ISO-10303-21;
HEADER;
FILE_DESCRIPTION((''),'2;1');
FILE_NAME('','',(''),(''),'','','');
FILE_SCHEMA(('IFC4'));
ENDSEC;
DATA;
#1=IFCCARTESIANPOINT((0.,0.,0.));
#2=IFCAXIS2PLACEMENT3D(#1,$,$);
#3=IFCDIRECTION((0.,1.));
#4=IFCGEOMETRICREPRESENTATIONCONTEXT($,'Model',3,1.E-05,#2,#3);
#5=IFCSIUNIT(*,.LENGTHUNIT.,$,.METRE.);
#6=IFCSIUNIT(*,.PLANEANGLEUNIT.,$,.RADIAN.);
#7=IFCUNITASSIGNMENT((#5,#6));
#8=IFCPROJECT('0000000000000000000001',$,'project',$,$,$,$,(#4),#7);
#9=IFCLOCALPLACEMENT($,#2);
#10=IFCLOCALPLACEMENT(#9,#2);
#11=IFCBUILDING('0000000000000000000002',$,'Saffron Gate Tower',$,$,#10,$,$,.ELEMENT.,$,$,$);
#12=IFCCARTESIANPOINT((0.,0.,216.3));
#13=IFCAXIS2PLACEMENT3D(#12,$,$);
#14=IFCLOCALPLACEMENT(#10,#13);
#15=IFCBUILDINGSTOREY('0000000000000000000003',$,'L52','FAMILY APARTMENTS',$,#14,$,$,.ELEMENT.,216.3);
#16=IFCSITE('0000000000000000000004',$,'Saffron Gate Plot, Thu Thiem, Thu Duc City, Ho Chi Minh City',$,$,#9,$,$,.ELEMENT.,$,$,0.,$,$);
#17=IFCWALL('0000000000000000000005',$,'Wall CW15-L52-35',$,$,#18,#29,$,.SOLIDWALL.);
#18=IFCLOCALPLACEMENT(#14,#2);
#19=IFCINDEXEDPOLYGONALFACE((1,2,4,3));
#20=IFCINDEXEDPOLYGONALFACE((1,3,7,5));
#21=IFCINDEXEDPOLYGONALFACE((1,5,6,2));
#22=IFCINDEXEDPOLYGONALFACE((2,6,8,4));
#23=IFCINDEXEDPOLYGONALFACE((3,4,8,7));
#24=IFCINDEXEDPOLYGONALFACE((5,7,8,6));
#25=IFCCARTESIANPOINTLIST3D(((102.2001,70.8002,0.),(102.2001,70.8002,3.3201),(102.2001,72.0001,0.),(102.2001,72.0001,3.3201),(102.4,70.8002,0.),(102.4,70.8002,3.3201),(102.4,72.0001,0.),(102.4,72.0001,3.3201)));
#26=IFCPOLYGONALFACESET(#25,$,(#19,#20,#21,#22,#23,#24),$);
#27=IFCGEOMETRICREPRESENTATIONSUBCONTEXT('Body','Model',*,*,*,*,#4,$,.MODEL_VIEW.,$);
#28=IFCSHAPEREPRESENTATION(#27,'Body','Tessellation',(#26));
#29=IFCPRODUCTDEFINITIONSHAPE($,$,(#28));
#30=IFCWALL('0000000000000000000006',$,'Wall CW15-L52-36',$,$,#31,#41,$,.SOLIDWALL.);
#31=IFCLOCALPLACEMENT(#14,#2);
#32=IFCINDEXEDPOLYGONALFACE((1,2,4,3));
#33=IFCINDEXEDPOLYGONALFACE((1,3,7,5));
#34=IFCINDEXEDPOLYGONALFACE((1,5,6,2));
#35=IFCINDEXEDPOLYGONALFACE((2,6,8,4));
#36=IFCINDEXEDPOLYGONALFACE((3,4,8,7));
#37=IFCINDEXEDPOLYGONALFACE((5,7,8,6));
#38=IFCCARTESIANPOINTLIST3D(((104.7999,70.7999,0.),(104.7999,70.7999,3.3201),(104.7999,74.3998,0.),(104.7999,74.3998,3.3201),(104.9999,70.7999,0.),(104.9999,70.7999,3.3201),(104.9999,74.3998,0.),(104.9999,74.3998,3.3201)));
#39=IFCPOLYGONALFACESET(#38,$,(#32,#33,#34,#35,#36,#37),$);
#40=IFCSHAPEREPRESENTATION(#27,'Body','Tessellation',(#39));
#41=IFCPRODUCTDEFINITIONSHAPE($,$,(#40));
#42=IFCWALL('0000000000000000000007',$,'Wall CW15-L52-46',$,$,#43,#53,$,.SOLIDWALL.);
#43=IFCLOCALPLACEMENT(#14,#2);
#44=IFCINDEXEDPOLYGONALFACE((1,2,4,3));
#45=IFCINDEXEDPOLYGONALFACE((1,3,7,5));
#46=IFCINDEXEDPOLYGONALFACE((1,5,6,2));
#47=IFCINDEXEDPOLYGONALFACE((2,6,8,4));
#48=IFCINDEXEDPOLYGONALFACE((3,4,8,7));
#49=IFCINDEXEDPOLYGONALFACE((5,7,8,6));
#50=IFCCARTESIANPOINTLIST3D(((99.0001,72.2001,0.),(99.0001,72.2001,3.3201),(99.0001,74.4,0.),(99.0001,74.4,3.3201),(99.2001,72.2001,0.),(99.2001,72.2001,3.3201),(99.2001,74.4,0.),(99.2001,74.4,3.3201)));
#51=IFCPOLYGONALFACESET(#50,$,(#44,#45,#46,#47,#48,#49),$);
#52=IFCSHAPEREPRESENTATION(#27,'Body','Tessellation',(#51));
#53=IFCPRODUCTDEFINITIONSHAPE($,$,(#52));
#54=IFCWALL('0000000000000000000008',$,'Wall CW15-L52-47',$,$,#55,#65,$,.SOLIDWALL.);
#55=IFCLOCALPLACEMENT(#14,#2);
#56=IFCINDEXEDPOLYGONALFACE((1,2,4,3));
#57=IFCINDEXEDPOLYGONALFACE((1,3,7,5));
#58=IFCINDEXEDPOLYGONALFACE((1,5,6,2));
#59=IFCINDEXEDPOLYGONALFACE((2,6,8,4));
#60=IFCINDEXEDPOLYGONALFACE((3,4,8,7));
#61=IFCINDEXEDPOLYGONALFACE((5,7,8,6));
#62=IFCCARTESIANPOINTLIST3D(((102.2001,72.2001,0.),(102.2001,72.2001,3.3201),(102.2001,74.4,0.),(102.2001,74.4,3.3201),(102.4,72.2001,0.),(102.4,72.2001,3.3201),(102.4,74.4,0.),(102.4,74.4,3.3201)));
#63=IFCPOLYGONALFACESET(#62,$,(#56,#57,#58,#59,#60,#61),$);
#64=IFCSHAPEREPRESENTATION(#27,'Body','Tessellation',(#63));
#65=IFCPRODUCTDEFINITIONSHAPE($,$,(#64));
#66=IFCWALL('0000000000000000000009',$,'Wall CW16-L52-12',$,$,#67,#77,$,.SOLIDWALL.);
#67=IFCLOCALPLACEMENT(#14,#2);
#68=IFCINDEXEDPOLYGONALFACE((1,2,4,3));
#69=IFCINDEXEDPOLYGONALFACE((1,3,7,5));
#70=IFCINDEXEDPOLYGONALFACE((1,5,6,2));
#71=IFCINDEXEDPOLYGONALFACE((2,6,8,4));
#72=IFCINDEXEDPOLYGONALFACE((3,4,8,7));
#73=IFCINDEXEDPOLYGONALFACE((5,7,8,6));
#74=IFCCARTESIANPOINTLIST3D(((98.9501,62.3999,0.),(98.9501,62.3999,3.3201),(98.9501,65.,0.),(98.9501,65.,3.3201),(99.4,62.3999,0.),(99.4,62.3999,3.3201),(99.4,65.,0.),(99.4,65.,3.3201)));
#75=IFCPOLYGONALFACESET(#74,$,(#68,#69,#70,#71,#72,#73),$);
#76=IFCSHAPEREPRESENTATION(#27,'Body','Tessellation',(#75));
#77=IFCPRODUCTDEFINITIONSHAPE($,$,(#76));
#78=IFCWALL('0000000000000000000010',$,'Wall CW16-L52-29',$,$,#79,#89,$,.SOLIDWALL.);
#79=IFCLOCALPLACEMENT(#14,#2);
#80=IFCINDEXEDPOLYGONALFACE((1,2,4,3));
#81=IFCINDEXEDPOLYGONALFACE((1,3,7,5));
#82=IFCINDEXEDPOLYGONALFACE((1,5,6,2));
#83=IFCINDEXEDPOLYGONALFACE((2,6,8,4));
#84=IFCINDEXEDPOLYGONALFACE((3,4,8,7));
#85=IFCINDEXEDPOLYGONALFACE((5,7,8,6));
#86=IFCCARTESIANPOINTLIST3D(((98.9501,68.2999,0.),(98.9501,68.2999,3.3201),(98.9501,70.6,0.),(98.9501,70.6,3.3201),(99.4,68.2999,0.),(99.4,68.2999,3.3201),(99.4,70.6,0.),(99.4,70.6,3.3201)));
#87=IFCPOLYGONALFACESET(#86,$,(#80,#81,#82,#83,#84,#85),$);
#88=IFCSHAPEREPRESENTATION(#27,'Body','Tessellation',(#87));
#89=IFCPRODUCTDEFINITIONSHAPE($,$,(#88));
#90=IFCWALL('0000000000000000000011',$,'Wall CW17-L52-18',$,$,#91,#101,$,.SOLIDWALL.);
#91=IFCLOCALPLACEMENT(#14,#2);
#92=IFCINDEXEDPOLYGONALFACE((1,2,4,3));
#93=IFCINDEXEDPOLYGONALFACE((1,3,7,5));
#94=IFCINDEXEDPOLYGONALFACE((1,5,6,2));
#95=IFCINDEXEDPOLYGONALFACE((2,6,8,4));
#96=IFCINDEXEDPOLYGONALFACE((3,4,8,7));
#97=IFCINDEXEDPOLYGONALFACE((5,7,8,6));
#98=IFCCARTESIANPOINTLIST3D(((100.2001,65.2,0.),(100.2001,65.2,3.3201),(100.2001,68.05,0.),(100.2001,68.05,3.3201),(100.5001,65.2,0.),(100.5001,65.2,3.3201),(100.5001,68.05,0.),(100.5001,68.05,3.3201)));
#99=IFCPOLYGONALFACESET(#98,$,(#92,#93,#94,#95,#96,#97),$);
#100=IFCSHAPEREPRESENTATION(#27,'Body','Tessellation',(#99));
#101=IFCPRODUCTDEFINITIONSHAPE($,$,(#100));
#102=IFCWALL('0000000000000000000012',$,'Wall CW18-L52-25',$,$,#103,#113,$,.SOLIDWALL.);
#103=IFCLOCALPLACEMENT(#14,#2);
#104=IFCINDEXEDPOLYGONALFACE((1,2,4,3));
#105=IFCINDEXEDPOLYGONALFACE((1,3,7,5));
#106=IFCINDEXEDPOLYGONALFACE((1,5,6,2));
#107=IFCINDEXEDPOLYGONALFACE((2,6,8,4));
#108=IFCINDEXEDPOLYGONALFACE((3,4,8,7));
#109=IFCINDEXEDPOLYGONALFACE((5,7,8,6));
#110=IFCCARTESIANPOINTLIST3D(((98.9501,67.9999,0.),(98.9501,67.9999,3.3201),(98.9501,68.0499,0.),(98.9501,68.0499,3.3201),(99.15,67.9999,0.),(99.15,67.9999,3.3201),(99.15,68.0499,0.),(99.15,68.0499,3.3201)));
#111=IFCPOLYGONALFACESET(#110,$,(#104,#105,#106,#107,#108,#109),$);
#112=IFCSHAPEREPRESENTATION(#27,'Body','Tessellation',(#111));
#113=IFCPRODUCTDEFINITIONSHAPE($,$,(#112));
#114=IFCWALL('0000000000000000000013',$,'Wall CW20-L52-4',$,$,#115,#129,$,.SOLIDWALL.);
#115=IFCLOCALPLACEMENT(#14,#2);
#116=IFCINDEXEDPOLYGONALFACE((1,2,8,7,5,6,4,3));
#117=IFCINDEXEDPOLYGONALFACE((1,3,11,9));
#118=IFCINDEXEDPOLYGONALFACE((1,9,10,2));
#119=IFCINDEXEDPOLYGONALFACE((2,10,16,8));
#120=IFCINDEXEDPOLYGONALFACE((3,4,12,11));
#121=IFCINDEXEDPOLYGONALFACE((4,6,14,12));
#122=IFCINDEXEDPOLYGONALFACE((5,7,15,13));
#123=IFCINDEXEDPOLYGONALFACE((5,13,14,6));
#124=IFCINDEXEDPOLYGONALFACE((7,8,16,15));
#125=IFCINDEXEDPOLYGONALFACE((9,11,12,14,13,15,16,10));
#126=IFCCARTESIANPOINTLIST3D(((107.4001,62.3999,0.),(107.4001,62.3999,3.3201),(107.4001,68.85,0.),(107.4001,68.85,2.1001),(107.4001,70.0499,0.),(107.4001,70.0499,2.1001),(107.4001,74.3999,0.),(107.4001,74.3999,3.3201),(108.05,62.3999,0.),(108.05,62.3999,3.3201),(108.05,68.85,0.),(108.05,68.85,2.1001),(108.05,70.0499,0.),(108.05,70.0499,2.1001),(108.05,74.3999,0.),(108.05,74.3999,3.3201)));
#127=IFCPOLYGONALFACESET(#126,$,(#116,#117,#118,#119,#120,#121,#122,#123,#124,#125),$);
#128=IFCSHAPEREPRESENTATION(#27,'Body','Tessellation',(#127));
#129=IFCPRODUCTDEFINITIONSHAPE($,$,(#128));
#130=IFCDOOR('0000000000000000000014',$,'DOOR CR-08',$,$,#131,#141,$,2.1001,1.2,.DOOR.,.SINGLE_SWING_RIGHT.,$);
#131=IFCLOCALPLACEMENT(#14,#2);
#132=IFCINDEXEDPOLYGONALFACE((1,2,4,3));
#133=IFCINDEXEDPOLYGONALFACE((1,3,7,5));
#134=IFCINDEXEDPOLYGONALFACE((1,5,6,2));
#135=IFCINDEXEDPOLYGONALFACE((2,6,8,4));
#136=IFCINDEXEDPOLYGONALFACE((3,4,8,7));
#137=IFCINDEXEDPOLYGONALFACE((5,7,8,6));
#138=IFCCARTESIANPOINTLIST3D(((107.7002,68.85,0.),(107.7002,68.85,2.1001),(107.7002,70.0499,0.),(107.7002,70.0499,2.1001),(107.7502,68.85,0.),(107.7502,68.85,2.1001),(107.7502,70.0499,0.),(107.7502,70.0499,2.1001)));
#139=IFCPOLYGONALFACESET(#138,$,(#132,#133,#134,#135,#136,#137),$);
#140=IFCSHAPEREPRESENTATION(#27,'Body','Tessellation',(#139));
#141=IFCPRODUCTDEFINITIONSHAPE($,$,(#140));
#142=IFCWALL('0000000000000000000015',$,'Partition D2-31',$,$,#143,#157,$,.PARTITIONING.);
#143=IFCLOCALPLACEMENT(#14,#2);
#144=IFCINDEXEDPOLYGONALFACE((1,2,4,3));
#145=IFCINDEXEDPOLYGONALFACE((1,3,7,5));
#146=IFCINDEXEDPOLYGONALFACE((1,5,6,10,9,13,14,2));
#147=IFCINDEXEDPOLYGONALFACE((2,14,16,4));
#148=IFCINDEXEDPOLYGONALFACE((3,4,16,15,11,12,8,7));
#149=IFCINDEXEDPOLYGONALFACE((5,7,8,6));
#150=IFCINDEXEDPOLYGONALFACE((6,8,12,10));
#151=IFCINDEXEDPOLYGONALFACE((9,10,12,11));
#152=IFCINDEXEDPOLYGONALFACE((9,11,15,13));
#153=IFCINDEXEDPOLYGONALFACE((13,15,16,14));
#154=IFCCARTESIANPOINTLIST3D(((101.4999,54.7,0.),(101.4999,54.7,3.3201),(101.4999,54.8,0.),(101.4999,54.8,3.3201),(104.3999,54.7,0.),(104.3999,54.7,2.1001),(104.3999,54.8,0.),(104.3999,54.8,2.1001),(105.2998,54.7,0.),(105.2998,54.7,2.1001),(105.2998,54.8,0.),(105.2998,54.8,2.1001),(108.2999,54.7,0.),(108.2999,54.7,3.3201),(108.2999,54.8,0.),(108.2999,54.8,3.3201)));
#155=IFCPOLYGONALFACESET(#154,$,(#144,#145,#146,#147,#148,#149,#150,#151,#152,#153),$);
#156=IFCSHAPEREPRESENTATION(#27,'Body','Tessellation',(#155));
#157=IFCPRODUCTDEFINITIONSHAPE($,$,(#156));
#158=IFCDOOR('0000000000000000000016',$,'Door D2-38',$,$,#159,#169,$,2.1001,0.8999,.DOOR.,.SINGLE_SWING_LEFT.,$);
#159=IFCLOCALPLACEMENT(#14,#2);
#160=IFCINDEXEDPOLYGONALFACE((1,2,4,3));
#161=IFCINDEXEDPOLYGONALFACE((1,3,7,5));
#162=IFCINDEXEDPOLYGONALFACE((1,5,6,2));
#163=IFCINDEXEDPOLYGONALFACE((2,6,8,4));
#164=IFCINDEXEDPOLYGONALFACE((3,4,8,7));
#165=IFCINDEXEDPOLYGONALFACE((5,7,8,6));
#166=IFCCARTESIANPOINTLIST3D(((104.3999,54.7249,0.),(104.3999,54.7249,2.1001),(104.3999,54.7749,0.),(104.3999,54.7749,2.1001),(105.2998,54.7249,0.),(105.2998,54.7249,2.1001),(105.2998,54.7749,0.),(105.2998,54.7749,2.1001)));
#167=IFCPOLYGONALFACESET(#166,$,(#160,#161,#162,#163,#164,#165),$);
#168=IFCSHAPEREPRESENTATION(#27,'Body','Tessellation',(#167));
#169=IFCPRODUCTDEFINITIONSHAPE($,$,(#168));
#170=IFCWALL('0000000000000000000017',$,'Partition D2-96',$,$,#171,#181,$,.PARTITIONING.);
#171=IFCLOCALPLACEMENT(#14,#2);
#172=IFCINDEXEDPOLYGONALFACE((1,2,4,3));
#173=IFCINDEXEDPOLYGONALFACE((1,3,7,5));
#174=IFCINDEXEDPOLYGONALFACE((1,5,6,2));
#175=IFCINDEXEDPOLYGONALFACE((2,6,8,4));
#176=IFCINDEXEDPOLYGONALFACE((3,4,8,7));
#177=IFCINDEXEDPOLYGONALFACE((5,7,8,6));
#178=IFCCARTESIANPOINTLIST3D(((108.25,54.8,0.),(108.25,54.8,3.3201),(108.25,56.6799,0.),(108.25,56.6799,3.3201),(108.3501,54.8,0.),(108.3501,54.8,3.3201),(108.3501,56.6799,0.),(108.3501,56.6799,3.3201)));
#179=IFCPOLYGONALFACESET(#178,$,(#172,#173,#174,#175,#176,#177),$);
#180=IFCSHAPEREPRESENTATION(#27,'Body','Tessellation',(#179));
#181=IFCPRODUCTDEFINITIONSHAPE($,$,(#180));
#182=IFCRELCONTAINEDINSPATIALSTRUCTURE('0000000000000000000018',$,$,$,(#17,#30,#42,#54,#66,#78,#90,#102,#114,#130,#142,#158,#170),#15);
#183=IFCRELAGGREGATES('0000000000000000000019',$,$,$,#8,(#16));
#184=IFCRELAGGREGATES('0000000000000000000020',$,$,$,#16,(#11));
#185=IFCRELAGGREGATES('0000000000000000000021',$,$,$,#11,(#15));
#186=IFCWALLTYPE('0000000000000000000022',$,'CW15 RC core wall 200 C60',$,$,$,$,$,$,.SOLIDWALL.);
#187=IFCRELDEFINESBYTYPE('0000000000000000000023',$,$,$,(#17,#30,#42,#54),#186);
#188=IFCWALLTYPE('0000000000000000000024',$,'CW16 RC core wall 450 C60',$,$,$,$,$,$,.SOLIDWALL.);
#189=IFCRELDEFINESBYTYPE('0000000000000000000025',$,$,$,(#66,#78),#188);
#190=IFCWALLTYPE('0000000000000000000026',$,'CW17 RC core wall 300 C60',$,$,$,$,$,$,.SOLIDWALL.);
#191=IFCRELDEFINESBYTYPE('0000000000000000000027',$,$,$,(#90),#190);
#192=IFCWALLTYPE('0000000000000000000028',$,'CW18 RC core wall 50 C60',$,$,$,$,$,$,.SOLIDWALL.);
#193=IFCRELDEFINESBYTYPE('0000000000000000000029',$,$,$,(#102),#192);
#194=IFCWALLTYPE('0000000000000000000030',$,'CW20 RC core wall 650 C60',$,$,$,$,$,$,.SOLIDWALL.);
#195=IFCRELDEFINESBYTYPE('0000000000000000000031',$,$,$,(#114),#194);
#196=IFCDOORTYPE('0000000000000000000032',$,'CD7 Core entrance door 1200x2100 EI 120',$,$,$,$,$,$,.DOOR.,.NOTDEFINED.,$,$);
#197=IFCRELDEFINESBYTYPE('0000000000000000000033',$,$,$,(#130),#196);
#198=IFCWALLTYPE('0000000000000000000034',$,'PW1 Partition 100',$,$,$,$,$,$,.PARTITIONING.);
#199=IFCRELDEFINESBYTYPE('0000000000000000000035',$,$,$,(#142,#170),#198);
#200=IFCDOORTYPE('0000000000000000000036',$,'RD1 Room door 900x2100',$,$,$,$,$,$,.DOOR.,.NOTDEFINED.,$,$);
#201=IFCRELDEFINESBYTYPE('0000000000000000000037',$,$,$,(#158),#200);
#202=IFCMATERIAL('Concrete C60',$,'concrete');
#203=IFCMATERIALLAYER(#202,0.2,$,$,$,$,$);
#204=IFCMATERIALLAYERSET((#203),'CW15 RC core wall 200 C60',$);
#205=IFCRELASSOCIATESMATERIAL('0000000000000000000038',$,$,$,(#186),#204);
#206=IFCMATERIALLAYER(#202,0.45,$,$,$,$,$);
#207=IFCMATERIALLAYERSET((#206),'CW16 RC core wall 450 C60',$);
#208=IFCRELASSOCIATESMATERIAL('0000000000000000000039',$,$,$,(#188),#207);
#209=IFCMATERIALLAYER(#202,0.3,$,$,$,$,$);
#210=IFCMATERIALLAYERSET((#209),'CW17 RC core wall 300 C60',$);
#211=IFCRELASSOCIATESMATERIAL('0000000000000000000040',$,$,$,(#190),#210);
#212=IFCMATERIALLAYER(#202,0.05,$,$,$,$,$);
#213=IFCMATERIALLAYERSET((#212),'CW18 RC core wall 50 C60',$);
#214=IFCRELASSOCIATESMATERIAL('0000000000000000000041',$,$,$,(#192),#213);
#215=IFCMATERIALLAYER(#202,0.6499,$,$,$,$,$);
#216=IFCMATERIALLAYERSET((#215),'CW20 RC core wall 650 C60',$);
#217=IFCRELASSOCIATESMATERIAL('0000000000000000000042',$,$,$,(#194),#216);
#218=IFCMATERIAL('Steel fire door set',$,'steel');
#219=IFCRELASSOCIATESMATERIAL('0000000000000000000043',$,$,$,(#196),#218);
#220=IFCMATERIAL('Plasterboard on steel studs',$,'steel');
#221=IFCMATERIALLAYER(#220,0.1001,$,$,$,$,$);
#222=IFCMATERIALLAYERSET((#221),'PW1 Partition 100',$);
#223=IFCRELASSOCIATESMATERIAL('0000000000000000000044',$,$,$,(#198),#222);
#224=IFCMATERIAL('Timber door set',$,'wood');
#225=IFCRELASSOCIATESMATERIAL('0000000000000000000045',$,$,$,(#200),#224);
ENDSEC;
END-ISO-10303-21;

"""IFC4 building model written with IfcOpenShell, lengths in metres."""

from ifc_helpers import new_model, si_unit, direction, frame, frame_2d, origin, place, context, subcontext, project, spatial, rectangle, extrude, material, layer, layer_set, type_object, element, fill, save


model = new_model("IFC4")

# Units and contexts
model_context = context("Model", 3, precision=1e-05, world=origin(), true_north=direction((0.0, 1.0)))
body_context = subcontext(model_context, "Body", "Model", "MODEL_VIEW")
ifc_project = project(units=[si_unit("LENGTHUNIT", "METRE"), si_unit("PLANEANGLEUNIT", "RADIAN")], contexts=[model_context])

# Site, building, storey
site_placement = place(None, origin())
site = spatial("IfcSite", under=ifc_project, at=site_placement, Name="Saffron Gate Plot, Thu Thiem, Thu Duc City, Ho Chi Minh City", CompositionType="ELEMENT", RefElevation=0.0)
building_placement = place(site_placement, origin())
building = spatial("IfcBuilding", under=site, at=building_placement, Name="Saffron Gate Tower", CompositionType="ELEMENT")
storey_placement = place(building_placement, frame((0.0, 0.0, 216.3)))
storey = spatial("IfcBuildingStorey", under=building, at=storey_placement, Name="L52", Description="FAMILY APARTMENTS", CompositionType="ELEMENT", Elevation=216.3)

# Shared definitions
ifc_material_1 = material(Name="Concrete C60", Category="concrete")
ifc_material_2 = material(Name="Steel fire door set", Category="steel")

# Walls
ifc_layer_1 = layer(ifc_material_1, 0.2)
ifc_layer_set_1 = layer_set([ifc_layer_1], Name="CW15 RC core wall 200 C60")
wall_type_1 = type_object("IfcWallType", Name="CW15 RC core wall 200 C60", PredefinedType="SOLIDWALL", material=ifc_layer_set_1)
wall_1_placement = place(storey_placement, frame((102.3, 70.8, 0.0), z_axis=(0.0, 0.0, 1.0), x_axis=(0.0, 1.0, 0.0)))
element("IfcWall", 1, at=wall_1_placement, inside=storey, type_object=wall_type_1, Name="Wall CW15-L52-35", PredefinedType="SOLIDWALL", context=body_context, shape_type="SweptSolid", body=[
    extrude(rectangle(XDim=1.2, YDim=0.2, at=frame_2d((0.6001, 0.0))), origin(), (0.0, 0.0, 1.0), 3.3201),
])
wall_2_placement = place(storey_placement, frame((104.8999, 70.8, 0.0), z_axis=(0.0, 0.0, 1.0), x_axis=(0.0, 1.0, 0.0)))
element("IfcWall", 2, at=wall_2_placement, inside=storey, type_object=wall_type_1, Name="Wall CW15-L52-36", PredefinedType="SOLIDWALL", context=body_context, shape_type="SweptSolid", body=[
    extrude(rectangle(XDim=3.5999, YDim=0.2, at=frame_2d((1.7998, 0.0))), origin(), (0.0, 0.0, 1.0), 3.3201),
])
for number, where, z_axis, x_axis, name in (
    (3, (99.1001, 72.2, 0.0), (0.0, 0.0, 1.0), (0.0, 1.0, 0.0), "Wall CW15-L52-46"),
    (4, (102.3, 72.2, 0.0), (0.0, 0.0, 1.0), (0.0, 1.0, 0.0), "Wall CW15-L52-47"),
):
    element("IfcWall", number, at=place(storey_placement, frame(where, z_axis=z_axis, x_axis=x_axis)), inside=storey, type_object=wall_type_1, Name=name, PredefinedType="SOLIDWALL", context=body_context, shape_type="SweptSolid", body=[
        extrude(rectangle(XDim=2.2, YDim=0.2, at=frame_2d((1.1001, 0.0))), origin(), (0.0, 0.0, 1.0), 3.3201),
    ])
ifc_layer_2 = layer(ifc_material_1, 0.45)
ifc_layer_set_2 = layer_set([ifc_layer_2], Name="CW16 RC core wall 450 C60")
wall_type_2 = type_object("IfcWallType", Name="CW16 RC core wall 450 C60", PredefinedType="SOLIDWALL", material=ifc_layer_set_2)
wall_3_placement = place(storey_placement, frame((99.175, 62.3999, 0.0), z_axis=(0.0, 0.0, 1.0), x_axis=(0.0, 1.0, 0.0)))
element("IfcWall", 5, at=wall_3_placement, inside=storey, type_object=wall_type_2, Name="Wall CW16-L52-12", PredefinedType="SOLIDWALL", context=body_context, shape_type="SweptSolid", body=[
    extrude(rectangle(XDim=2.6001, YDim=0.45, at=frame_2d((1.3, 0.0))), origin(), (0.0, 0.0, 1.0), 3.3201),
])
wall_4_placement = place(storey_placement, frame((99.175, 68.3, 0.0), z_axis=(0.0, 0.0, 1.0), x_axis=(0.0, 1.0, 0.0)))
element("IfcWall", 6, at=wall_4_placement, inside=storey, type_object=wall_type_2, Name="Wall CW16-L52-29", PredefinedType="SOLIDWALL", context=body_context, shape_type="SweptSolid", body=[
    extrude(rectangle(XDim=2.3, YDim=0.45, at=frame_2d((1.1499, 0.0))), origin(), (0.0, 0.0, 1.0), 3.3201),
])
ifc_layer_3 = layer(ifc_material_1, 0.3)
ifc_layer_set_3 = layer_set([ifc_layer_3], Name="CW17 RC core wall 300 C60")
wall_type_3 = type_object("IfcWallType", Name="CW17 RC core wall 300 C60", PredefinedType="SOLIDWALL", material=ifc_layer_set_3)
wall_5_placement = place(storey_placement, frame((100.3501, 65.2, 0.0), z_axis=(0.0, 0.0, 1.0), x_axis=(0.0, 1.0, 0.0)))
element("IfcWall", 7, at=wall_5_placement, inside=storey, type_object=wall_type_3, Name="Wall CW17-L52-18", PredefinedType="SOLIDWALL", context=body_context, shape_type="SweptSolid", body=[
    extrude(rectangle(XDim=2.8501, YDim=0.3, at=frame_2d((1.425, 0.0))), origin(), (0.0, 0.0, 1.0), 3.3201),
])
ifc_layer_4 = layer(ifc_material_1, 0.05)
ifc_layer_set_4 = layer_set([ifc_layer_4], Name="CW18 RC core wall 50 C60")
wall_type_4 = type_object("IfcWallType", Name="CW18 RC core wall 50 C60", PredefinedType="SOLIDWALL", material=ifc_layer_set_4)
wall_6_placement = place(storey_placement, frame((98.95, 68.0249, 0.0), z_axis=(0.0, 0.0, 1.0), x_axis=(1.0, 0.0, 0.0)))
element("IfcWall", 8, at=wall_6_placement, inside=storey, type_object=wall_type_4, Name="Wall CW18-L52-25", PredefinedType="SOLIDWALL", context=body_context, shape_type="SweptSolid", body=[
    extrude(rectangle(XDim=0.2, YDim=0.05, at=frame_2d((0.1001, 0.0))), origin(), (0.0, 0.0, 1.0), 3.3201),
])

# Walls, openings, doors
ifc_layer_5 = layer(ifc_material_1, 0.6499)
ifc_layer_set_5 = layer_set([ifc_layer_5], Name="CW20 RC core wall 650 C60")
wall_type_5 = type_object("IfcWallType", Name="CW20 RC core wall 650 C60", PredefinedType="SOLIDWALL", material=ifc_layer_set_5)
wall_7_placement = place(storey_placement, frame((107.7251, 62.3999, 0.0), z_axis=(0.0, 0.0, 1.0), x_axis=(0.0, 1.0, 0.0)))
wall_7 = element("IfcWall", 9, at=wall_7_placement, inside=storey, type_object=wall_type_5, Name="Wall CW20-L52-4", PredefinedType="SOLIDWALL", context=body_context, shape_type="SweptSolid", body=[
    extrude(rectangle(XDim=12.0, YDim=0.6499, at=frame_2d((6.0, 0.0))), origin(), (0.0, 0.0, 1.0), 3.3201),
])
opening_1_placement = place(wall_7_placement, frame((6.45, 0.0, 0.0)))
opening_1 = element("IfcOpeningElement", 10, at=opening_1_placement, cuts=wall_7, PredefinedType="OPENING", context=body_context, shape_type="SweptSolid", body=[
    extrude(rectangle(XDim=1.2, YDim=2.1001, at=frame_2d((0.6001, 1.05))), frame((0.0, 0.335, 0.0), z_axis=(0.0, -1.0, 0.0), x_axis=(1.0, 0.0, 0.0)), (0.0, 0.0, 1.0), 0.6699),
])
door_type_1 = type_object("IfcDoorType", Name="CD7 Core entrance door 1200x2100 EI 120", OperationType="NOTDEFINED", PredefinedType="DOOR", material=ifc_material_2)
door_1_placement = place(opening_1_placement, origin())
door_1 = element("IfcDoor", 11, at=door_1_placement, inside=storey, type_object=door_type_1, Name="DOOR CR-08", OperationType="SINGLE_SWING_RIGHT", OverallHeight=2.1001, OverallWidth=1.2, PredefinedType="DOOR", context=body_context, shape_type="SweptSolid", body=[
    extrude(rectangle(XDim=1.2, YDim=2.1001, at=frame_2d((0.6001, 1.05))), frame((0.0, 0.0249, 0.0), z_axis=(0.0, -1.0, 0.0), x_axis=(1.0, 0.0, 0.0)), (0.0, 0.0, 1.0), 0.05),
])
fill(opening_1, door_1)
ifc_material_3 = material(Name="Plasterboard on steel studs", Category="steel")
ifc_layer_6 = layer(ifc_material_3, 0.1001)
ifc_layer_set_6 = layer_set([ifc_layer_6], Name="PW1 Partition 100")
wall_type_6 = type_object("IfcWallType", Name="PW1 Partition 100", PredefinedType="PARTITIONING", material=ifc_layer_set_6)
wall_8_placement = place(storey_placement, frame((101.5, 54.75, 0.0), z_axis=(0.0, 0.0, 1.0), x_axis=(1.0, 0.0, 0.0)))
wall_8 = element("IfcWall", 12, at=wall_8_placement, inside=storey, type_object=wall_type_6, Name="Partition D2-31", PredefinedType="PARTITIONING", context=body_context, shape_type="SweptSolid", body=[
    extrude(rectangle(XDim=6.8, YDim=0.1001, at=frame_2d((3.3999, 0.0))), origin(), (0.0, 0.0, 1.0), 3.3201),
])
opening_2_placement = place(wall_8_placement, frame((2.8999, 0.0, 0.0)))
opening_2 = element("IfcOpeningElement", 13, at=opening_2_placement, cuts=wall_8, PredefinedType="OPENING", context=body_context, shape_type="SweptSolid", body=[
    extrude(rectangle(XDim=0.8999, YDim=2.1001, at=frame_2d((0.45, 1.05))), frame((0.0, 0.0601, 0.0), z_axis=(0.0, -1.0, 0.0), x_axis=(1.0, 0.0, 0.0)), (0.0, 0.0, 1.0), 0.1201),
])
ifc_material_4 = material(Name="Timber door set", Category="wood")
door_type_2 = type_object("IfcDoorType", Name="RD1 Room door 900x2100", OperationType="NOTDEFINED", PredefinedType="DOOR", material=ifc_material_4)
door_2_placement = place(opening_2_placement, origin())
door_2 = element("IfcDoor", 14, at=door_2_placement, inside=storey, type_object=door_type_2, Name="Door D2-38", OperationType="SINGLE_SWING_LEFT", OverallHeight=2.1001, OverallWidth=0.8999, PredefinedType="DOOR", context=body_context, shape_type="SweptSolid", body=[
    extrude(rectangle(XDim=0.8999, YDim=2.1001, at=frame_2d((0.45, 1.05))), frame((0.0, 0.0249, 0.0), z_axis=(0.0, -1.0, 0.0), x_axis=(1.0, 0.0, 0.0)), (0.0, 0.0, 1.0), 0.05),
])
fill(opening_2, door_2)

# Wall
wall_9_placement = place(storey_placement, frame((108.3, 56.6799, 0.0), z_axis=(0.0, 0.0, 1.0), x_axis=(0.0, -1.0, 0.0)))
element("IfcWall", 15, at=wall_9_placement, inside=storey, type_object=wall_type_6, Name="Partition D2-96", PredefinedType="PARTITIONING", context=body_context, shape_type="SweptSolid", body=[
    extrude(rectangle(XDim=1.8799, YDim=0.1001, at=frame_2d((0.9399, 0.0))), origin(), (0.0, 0.0, 1.0), 3.3201),
])

save(model, "model.ifc")
